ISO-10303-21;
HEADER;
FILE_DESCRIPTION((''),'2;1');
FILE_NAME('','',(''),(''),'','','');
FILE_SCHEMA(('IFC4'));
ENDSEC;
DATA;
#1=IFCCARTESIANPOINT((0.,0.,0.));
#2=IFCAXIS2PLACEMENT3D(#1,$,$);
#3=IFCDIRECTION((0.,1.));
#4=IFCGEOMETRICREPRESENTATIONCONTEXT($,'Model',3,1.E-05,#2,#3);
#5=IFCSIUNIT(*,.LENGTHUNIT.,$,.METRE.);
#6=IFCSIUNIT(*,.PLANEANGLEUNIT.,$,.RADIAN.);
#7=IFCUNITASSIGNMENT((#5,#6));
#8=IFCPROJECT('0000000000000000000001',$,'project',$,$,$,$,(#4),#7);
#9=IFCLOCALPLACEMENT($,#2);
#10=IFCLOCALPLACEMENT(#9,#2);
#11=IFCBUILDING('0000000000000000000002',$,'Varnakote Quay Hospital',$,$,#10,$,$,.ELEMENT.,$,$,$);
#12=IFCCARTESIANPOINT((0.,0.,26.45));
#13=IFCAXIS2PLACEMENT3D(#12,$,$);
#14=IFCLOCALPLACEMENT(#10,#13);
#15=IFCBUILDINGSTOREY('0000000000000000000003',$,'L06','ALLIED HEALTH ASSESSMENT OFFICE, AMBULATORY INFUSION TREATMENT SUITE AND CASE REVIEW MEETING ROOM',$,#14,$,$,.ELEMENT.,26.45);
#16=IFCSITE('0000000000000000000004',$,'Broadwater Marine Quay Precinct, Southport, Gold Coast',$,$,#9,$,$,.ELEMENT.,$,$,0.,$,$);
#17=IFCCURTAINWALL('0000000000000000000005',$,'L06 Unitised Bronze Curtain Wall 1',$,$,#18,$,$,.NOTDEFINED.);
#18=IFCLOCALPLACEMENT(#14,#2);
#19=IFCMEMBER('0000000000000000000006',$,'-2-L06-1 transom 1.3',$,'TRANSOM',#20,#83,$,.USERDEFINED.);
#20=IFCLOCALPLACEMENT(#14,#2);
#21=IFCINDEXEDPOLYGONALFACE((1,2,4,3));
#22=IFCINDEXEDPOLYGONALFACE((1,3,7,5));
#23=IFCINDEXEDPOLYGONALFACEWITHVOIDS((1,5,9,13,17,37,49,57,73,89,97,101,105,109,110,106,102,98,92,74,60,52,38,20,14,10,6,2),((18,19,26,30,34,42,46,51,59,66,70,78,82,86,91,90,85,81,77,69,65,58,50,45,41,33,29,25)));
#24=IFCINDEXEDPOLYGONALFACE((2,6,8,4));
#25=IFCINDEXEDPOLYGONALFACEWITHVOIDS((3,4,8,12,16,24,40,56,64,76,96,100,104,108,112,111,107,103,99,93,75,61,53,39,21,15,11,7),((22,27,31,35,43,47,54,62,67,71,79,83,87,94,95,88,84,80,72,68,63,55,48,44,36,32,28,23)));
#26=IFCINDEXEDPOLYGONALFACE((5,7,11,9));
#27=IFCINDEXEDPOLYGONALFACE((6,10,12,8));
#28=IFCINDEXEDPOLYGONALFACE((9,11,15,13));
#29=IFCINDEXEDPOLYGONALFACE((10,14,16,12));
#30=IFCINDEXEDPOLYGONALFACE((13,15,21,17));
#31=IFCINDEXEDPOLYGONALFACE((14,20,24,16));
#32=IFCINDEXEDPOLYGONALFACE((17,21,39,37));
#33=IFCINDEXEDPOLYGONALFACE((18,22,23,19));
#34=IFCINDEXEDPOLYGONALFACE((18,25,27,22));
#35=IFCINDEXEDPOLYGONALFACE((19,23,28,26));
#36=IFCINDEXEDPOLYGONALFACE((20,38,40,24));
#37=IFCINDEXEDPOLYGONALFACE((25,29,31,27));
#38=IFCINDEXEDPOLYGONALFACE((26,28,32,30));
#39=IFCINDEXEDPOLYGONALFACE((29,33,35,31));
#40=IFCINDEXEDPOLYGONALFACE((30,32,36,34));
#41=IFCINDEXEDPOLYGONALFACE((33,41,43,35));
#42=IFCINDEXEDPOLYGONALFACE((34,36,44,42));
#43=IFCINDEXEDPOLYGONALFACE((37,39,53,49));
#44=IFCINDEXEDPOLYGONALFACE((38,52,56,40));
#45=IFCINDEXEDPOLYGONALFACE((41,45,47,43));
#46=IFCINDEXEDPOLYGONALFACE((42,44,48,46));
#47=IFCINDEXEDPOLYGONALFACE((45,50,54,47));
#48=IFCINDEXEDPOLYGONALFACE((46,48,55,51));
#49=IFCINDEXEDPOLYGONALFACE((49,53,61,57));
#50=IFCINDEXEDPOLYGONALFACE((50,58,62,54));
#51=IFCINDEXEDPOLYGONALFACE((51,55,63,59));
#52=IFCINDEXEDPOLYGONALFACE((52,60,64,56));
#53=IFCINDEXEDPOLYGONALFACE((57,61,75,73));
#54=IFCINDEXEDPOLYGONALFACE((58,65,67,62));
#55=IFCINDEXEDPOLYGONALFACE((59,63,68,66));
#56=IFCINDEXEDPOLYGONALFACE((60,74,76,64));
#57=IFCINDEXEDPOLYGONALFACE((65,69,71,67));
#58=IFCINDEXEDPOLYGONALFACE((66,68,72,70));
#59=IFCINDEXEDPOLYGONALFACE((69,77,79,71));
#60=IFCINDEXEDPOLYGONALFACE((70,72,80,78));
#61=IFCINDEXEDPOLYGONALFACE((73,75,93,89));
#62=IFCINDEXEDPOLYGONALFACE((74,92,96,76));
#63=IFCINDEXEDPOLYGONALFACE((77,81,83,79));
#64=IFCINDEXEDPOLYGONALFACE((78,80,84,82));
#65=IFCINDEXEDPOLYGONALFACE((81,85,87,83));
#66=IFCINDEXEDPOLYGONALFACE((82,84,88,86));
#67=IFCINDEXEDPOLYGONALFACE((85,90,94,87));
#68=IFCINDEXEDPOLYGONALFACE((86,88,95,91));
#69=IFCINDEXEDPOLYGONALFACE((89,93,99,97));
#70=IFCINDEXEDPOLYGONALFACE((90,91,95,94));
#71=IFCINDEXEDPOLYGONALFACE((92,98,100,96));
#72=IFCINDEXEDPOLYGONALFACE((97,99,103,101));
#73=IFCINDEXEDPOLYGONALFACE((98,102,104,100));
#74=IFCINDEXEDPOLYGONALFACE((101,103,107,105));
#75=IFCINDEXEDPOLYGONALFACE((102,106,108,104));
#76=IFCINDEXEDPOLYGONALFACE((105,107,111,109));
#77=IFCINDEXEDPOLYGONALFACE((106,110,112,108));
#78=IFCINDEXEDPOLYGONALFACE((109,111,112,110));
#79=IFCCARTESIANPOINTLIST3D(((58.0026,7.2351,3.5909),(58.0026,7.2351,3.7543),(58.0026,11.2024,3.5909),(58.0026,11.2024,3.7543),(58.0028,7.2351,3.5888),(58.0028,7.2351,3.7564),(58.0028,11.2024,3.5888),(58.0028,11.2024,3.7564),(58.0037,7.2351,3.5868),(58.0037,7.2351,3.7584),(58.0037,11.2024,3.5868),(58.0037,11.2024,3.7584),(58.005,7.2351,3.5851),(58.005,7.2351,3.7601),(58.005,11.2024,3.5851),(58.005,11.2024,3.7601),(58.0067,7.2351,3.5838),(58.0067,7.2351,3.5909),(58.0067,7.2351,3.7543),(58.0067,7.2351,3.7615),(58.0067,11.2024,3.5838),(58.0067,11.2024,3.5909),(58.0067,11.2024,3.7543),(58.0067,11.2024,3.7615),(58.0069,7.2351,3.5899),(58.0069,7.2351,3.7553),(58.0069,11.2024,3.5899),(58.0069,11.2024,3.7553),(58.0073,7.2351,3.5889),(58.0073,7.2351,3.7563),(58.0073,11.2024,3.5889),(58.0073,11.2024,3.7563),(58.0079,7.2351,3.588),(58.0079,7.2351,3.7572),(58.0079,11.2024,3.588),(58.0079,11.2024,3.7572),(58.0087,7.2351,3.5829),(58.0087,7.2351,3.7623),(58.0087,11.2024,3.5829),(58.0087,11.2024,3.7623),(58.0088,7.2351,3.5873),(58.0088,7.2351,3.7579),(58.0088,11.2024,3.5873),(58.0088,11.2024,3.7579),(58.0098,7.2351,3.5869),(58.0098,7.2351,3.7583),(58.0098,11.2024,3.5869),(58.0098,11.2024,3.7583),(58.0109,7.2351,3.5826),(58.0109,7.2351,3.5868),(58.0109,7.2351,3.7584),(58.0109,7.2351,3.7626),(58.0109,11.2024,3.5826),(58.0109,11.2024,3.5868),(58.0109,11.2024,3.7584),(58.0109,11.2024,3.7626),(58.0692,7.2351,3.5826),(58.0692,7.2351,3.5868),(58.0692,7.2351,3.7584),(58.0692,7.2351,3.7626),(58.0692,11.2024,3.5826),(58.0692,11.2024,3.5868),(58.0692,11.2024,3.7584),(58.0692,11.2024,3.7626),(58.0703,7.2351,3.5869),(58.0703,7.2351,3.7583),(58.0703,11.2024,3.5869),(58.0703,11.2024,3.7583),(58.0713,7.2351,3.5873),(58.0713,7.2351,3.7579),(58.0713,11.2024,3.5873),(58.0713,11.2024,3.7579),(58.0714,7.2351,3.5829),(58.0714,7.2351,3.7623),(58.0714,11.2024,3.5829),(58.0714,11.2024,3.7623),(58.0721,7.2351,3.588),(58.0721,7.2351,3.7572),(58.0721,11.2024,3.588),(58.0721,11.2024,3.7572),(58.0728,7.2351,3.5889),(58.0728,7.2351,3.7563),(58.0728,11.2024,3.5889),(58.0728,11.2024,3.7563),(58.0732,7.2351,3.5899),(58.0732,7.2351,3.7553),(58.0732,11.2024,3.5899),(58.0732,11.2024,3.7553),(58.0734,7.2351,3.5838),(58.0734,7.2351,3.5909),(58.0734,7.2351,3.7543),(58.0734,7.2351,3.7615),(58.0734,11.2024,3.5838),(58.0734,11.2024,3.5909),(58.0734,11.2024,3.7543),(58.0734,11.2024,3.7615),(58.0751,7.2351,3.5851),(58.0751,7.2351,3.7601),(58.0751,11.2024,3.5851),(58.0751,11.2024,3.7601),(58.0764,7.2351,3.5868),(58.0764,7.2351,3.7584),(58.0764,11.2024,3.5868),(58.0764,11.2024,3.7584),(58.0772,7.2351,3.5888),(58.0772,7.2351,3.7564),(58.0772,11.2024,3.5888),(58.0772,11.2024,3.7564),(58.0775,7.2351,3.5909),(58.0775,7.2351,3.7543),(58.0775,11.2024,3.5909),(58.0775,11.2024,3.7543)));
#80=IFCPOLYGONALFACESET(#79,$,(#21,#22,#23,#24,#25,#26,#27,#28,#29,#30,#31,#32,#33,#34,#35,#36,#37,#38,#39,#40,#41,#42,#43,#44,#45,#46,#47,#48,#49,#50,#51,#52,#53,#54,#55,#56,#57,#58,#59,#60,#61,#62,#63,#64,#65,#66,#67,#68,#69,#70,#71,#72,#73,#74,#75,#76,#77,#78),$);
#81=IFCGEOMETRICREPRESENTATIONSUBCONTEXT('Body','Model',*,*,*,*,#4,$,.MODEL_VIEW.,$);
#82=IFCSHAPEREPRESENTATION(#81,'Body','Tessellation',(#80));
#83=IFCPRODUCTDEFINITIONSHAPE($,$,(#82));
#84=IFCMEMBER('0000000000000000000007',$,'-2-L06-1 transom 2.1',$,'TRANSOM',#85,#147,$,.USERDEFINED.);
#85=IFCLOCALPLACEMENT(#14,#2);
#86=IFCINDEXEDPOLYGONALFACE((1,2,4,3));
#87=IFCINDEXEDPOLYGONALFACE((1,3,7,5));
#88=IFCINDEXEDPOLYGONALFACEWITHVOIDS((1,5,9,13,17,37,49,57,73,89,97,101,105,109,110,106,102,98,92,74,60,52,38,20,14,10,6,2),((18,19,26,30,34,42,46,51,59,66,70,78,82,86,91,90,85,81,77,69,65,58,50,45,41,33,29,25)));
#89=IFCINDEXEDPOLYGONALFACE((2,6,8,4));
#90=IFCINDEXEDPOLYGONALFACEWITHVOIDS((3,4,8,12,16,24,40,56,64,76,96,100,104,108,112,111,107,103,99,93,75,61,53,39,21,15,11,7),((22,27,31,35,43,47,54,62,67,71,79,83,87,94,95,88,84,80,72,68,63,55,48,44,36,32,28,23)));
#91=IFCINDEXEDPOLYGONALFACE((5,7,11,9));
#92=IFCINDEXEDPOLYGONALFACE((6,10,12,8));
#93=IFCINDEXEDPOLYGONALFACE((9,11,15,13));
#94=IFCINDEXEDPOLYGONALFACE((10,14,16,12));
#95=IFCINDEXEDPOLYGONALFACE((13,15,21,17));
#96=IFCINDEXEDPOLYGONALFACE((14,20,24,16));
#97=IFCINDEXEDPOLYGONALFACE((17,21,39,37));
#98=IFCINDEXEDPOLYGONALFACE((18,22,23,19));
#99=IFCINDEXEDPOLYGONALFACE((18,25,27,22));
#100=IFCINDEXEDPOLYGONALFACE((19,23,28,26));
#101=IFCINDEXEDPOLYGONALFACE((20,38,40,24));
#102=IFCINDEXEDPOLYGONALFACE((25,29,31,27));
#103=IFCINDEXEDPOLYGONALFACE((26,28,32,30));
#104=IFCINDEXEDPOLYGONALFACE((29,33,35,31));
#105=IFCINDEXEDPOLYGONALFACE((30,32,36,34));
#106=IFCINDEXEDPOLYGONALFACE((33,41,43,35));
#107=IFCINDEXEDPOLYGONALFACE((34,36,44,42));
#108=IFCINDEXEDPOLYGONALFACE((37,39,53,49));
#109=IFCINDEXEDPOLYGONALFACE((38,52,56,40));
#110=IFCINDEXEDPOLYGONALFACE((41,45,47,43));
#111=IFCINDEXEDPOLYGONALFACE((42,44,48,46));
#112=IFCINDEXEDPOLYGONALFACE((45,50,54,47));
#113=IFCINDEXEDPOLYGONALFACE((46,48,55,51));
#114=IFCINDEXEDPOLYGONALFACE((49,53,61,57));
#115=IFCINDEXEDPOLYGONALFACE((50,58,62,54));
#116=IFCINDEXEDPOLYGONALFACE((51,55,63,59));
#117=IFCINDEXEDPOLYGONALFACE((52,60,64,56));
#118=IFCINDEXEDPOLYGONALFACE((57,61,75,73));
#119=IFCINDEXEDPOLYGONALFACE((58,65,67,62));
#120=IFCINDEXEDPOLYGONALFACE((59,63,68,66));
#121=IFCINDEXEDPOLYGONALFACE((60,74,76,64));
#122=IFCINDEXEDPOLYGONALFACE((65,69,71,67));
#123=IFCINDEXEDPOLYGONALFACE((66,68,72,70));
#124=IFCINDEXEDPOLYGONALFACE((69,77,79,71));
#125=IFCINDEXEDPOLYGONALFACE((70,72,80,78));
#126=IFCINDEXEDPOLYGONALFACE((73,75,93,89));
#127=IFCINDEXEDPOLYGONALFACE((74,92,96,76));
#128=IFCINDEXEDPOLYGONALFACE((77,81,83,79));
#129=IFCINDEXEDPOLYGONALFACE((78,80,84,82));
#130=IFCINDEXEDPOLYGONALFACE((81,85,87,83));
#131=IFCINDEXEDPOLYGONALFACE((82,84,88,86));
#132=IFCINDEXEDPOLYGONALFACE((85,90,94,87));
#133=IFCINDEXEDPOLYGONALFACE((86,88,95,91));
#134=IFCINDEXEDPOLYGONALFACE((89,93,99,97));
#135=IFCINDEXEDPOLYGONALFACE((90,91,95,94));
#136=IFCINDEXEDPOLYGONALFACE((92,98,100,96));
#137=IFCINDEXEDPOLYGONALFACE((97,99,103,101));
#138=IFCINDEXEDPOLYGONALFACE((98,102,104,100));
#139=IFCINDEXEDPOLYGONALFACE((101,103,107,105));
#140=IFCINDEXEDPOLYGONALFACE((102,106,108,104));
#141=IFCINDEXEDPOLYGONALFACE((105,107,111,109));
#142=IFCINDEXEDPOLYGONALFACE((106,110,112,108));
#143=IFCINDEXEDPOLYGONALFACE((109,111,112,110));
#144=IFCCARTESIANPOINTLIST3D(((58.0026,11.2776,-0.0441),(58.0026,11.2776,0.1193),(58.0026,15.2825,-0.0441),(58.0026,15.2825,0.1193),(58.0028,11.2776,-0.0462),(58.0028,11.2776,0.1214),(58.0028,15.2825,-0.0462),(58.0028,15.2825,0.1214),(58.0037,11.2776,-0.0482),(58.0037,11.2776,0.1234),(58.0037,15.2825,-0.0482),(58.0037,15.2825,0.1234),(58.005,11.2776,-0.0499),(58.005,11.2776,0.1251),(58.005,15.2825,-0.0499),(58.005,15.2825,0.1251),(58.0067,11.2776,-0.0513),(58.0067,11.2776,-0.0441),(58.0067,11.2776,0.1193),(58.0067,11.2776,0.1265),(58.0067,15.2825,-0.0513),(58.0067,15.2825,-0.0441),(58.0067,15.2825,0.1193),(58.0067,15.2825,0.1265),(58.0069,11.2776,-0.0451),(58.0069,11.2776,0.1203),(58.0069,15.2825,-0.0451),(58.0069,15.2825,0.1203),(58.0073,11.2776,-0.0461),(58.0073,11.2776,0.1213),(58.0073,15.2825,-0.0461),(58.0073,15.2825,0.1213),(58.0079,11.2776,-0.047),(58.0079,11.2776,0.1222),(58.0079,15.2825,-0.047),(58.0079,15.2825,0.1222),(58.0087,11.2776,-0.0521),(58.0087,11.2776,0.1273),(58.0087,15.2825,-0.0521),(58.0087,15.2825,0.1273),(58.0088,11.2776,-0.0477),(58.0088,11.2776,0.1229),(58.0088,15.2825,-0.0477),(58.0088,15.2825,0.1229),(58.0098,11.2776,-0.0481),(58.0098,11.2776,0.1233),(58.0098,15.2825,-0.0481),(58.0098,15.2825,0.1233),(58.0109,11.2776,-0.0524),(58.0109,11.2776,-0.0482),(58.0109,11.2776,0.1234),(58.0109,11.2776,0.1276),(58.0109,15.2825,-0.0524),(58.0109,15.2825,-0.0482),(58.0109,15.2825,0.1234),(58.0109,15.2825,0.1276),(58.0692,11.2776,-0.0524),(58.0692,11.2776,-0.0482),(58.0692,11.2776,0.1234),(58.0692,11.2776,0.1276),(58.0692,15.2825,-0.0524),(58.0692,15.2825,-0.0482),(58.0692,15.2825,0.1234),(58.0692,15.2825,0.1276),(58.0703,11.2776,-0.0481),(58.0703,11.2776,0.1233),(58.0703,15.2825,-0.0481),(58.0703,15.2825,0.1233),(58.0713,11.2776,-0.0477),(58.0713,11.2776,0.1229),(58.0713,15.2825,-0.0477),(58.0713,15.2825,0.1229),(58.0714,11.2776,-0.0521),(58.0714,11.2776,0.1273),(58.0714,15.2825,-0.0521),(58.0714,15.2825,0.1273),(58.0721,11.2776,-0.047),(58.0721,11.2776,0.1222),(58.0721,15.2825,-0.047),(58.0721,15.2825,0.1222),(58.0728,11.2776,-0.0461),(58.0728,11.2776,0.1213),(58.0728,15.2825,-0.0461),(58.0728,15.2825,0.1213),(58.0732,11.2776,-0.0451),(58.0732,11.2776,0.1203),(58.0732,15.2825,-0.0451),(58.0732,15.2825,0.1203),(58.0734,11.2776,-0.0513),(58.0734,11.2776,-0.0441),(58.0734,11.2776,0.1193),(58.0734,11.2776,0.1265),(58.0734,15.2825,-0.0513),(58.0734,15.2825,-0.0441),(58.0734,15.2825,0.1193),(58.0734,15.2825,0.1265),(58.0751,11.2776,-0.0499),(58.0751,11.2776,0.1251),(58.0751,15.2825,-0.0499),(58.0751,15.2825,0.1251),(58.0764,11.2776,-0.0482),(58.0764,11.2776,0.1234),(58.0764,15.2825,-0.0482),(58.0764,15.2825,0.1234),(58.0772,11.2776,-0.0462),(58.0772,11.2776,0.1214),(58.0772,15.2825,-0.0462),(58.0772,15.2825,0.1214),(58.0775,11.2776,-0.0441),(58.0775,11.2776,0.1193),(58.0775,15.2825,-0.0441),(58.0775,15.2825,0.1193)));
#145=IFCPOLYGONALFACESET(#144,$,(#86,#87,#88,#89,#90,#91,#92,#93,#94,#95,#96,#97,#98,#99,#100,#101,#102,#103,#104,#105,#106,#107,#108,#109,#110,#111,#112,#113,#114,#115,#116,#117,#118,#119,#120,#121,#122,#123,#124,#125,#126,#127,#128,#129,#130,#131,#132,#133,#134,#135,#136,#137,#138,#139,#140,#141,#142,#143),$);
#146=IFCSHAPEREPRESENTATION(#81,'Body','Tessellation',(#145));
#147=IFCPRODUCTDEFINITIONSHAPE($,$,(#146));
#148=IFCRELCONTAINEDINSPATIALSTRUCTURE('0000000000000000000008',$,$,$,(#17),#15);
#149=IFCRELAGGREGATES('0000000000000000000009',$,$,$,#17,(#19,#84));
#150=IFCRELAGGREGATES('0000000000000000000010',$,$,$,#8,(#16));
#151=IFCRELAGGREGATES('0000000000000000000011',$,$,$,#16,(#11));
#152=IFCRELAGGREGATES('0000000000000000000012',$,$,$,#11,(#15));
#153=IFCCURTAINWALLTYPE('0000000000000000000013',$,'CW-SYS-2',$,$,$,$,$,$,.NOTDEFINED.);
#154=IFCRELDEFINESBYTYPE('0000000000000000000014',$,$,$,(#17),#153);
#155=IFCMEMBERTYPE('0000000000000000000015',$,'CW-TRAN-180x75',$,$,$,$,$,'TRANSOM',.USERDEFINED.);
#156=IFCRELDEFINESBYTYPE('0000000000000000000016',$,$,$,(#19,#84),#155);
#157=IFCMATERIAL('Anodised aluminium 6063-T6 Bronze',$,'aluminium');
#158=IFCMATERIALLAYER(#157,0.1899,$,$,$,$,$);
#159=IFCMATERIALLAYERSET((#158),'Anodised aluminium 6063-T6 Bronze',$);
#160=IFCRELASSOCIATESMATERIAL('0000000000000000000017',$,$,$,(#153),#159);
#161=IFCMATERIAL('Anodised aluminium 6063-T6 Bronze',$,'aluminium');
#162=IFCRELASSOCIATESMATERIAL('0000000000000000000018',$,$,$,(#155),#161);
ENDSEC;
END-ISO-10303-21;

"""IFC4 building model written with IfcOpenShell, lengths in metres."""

from ifc_helpers import new_model, si_unit, direction, frame, origin, origin_2d, place, context, subcontext, project, spatial, hollow_rectangle, extrude, material, layer, layer_set, material_profile, profile_set, type_object, element, aggregate, save


model = new_model("IFC4")

# Units and contexts
model_context = context("Model", 3, precision=1e-05, world=origin(), true_north=direction((0.0, 1.0)))
body_context = subcontext(model_context, "Body", "Model", "MODEL_VIEW")
ifc_project = project(units=[si_unit("LENGTHUNIT", "METRE"), si_unit("PLANEANGLEUNIT", "RADIAN")], contexts=[model_context])

# Site, building, storey
site_placement = place(None, origin())
site = spatial("IfcSite", under=ifc_project, at=site_placement, Name="Broadwater Marine Quay Precinct, Southport, Gold Coast", CompositionType="ELEMENT", RefElevation=0.0)
building_placement = place(site_placement, origin())
building = spatial("IfcBuilding", under=site, at=building_placement, Name="Varnakote Quay Hospital", CompositionType="ELEMENT")
storey_placement = place(building_placement, frame((0.0, 0.0, 26.45)))
storey = spatial("IfcBuildingStorey", under=building, at=storey_placement, Name="L06", Description="ALLIED HEALTH ASSESSMENT OFFICE, AMBULATORY INFUSION TREATMENT SUITE AND CASE REVIEW MEETING ROOM", CompositionType="ELEMENT", Elevation=26.45)

# Curtain wall, members
ifc_material_1 = material(Name="Anodised aluminium 6063-T6 Bronze", Category="aluminium")
ifc_layer_1 = layer(ifc_material_1, 0.1899)
ifc_layer_set_1 = layer_set([ifc_layer_1], Name="Anodised aluminium 6063-T6 Bronze")
curtain_wall_type = type_object("IfcCurtainWallType", Name="CW-SYS-2", PredefinedType="NOTDEFINED", material=ifc_layer_set_1)
curtain_wall_placement = place(storey_placement, origin())
curtain_wall = element("IfcCurtainWall", 1, at=curtain_wall_placement, inside=storey, type_object=curtain_wall_type, Name="L06 Unitised Bronze Curtain Wall 1", PredefinedType="NOTDEFINED")
ifc_material_2 = material(Name="Anodised aluminium 6063-T6 Bronze", Category="aluminium")
ifc_material_profile_1 = material_profile(ifc_material_2, hollow_rectangle(XDim=0.075, YDim=0.1799, WallThickness=0.0042, InnerFilletRadius=0.0042, OuterFilletRadius=0.0083, at=origin_2d()), Name="CW-TRAN-180x75")
ifc_profile_set_1 = profile_set([ifc_material_profile_1], Name="Anodised aluminium 6063-T6 Bronze")
member_type_1 = type_object("IfcMemberType", Name="CW-TRAN-180x75", ElementType="TRANSOM", PredefinedType="USERDEFINED", material=ifc_profile_set_1)
member_1_placement = place(storey_placement, frame((58.04, 7.2351, 3.6726), z_axis=(0.0, 1.0, 0.0), x_axis=(-1.0, 0.0, 0.0)))
member_1 = element("IfcMember", 2, at=member_1_placement, type_object=member_type_1, Name="-2-L06-1 transom 1.3", ObjectType="TRANSOM", PredefinedType="USERDEFINED", context=body_context, shape_type="SweptSolid", body=[
    extrude(hollow_rectangle(XDim=0.075, YDim=0.1799, WallThickness=0.0042, InnerFilletRadius=0.0042, OuterFilletRadius=0.0083, at=origin_2d()), origin(), (0.0, 0.0, 1.0), 3.9673),
])
member_2_placement = place(storey_placement, frame((58.04, 11.2776, 0.0376), z_axis=(0.0, 1.0, 0.0), x_axis=(-1.0, 0.0, 0.0)))
member_2 = element("IfcMember", 3, at=member_2_placement, type_object=member_type_1, Name="-2-L06-1 transom 2.1", ObjectType="TRANSOM", PredefinedType="USERDEFINED", context=body_context, shape_type="SweptSolid", body=[
    extrude(hollow_rectangle(XDim=0.075, YDim=0.1799, WallThickness=0.0042, InnerFilletRadius=0.0042, OuterFilletRadius=0.0083, at=origin_2d()), origin(), (0.0, 0.0, 1.0), 4.0049),
])
aggregate(curtain_wall, [member_1, member_2])

save(model, "model.ifc")
